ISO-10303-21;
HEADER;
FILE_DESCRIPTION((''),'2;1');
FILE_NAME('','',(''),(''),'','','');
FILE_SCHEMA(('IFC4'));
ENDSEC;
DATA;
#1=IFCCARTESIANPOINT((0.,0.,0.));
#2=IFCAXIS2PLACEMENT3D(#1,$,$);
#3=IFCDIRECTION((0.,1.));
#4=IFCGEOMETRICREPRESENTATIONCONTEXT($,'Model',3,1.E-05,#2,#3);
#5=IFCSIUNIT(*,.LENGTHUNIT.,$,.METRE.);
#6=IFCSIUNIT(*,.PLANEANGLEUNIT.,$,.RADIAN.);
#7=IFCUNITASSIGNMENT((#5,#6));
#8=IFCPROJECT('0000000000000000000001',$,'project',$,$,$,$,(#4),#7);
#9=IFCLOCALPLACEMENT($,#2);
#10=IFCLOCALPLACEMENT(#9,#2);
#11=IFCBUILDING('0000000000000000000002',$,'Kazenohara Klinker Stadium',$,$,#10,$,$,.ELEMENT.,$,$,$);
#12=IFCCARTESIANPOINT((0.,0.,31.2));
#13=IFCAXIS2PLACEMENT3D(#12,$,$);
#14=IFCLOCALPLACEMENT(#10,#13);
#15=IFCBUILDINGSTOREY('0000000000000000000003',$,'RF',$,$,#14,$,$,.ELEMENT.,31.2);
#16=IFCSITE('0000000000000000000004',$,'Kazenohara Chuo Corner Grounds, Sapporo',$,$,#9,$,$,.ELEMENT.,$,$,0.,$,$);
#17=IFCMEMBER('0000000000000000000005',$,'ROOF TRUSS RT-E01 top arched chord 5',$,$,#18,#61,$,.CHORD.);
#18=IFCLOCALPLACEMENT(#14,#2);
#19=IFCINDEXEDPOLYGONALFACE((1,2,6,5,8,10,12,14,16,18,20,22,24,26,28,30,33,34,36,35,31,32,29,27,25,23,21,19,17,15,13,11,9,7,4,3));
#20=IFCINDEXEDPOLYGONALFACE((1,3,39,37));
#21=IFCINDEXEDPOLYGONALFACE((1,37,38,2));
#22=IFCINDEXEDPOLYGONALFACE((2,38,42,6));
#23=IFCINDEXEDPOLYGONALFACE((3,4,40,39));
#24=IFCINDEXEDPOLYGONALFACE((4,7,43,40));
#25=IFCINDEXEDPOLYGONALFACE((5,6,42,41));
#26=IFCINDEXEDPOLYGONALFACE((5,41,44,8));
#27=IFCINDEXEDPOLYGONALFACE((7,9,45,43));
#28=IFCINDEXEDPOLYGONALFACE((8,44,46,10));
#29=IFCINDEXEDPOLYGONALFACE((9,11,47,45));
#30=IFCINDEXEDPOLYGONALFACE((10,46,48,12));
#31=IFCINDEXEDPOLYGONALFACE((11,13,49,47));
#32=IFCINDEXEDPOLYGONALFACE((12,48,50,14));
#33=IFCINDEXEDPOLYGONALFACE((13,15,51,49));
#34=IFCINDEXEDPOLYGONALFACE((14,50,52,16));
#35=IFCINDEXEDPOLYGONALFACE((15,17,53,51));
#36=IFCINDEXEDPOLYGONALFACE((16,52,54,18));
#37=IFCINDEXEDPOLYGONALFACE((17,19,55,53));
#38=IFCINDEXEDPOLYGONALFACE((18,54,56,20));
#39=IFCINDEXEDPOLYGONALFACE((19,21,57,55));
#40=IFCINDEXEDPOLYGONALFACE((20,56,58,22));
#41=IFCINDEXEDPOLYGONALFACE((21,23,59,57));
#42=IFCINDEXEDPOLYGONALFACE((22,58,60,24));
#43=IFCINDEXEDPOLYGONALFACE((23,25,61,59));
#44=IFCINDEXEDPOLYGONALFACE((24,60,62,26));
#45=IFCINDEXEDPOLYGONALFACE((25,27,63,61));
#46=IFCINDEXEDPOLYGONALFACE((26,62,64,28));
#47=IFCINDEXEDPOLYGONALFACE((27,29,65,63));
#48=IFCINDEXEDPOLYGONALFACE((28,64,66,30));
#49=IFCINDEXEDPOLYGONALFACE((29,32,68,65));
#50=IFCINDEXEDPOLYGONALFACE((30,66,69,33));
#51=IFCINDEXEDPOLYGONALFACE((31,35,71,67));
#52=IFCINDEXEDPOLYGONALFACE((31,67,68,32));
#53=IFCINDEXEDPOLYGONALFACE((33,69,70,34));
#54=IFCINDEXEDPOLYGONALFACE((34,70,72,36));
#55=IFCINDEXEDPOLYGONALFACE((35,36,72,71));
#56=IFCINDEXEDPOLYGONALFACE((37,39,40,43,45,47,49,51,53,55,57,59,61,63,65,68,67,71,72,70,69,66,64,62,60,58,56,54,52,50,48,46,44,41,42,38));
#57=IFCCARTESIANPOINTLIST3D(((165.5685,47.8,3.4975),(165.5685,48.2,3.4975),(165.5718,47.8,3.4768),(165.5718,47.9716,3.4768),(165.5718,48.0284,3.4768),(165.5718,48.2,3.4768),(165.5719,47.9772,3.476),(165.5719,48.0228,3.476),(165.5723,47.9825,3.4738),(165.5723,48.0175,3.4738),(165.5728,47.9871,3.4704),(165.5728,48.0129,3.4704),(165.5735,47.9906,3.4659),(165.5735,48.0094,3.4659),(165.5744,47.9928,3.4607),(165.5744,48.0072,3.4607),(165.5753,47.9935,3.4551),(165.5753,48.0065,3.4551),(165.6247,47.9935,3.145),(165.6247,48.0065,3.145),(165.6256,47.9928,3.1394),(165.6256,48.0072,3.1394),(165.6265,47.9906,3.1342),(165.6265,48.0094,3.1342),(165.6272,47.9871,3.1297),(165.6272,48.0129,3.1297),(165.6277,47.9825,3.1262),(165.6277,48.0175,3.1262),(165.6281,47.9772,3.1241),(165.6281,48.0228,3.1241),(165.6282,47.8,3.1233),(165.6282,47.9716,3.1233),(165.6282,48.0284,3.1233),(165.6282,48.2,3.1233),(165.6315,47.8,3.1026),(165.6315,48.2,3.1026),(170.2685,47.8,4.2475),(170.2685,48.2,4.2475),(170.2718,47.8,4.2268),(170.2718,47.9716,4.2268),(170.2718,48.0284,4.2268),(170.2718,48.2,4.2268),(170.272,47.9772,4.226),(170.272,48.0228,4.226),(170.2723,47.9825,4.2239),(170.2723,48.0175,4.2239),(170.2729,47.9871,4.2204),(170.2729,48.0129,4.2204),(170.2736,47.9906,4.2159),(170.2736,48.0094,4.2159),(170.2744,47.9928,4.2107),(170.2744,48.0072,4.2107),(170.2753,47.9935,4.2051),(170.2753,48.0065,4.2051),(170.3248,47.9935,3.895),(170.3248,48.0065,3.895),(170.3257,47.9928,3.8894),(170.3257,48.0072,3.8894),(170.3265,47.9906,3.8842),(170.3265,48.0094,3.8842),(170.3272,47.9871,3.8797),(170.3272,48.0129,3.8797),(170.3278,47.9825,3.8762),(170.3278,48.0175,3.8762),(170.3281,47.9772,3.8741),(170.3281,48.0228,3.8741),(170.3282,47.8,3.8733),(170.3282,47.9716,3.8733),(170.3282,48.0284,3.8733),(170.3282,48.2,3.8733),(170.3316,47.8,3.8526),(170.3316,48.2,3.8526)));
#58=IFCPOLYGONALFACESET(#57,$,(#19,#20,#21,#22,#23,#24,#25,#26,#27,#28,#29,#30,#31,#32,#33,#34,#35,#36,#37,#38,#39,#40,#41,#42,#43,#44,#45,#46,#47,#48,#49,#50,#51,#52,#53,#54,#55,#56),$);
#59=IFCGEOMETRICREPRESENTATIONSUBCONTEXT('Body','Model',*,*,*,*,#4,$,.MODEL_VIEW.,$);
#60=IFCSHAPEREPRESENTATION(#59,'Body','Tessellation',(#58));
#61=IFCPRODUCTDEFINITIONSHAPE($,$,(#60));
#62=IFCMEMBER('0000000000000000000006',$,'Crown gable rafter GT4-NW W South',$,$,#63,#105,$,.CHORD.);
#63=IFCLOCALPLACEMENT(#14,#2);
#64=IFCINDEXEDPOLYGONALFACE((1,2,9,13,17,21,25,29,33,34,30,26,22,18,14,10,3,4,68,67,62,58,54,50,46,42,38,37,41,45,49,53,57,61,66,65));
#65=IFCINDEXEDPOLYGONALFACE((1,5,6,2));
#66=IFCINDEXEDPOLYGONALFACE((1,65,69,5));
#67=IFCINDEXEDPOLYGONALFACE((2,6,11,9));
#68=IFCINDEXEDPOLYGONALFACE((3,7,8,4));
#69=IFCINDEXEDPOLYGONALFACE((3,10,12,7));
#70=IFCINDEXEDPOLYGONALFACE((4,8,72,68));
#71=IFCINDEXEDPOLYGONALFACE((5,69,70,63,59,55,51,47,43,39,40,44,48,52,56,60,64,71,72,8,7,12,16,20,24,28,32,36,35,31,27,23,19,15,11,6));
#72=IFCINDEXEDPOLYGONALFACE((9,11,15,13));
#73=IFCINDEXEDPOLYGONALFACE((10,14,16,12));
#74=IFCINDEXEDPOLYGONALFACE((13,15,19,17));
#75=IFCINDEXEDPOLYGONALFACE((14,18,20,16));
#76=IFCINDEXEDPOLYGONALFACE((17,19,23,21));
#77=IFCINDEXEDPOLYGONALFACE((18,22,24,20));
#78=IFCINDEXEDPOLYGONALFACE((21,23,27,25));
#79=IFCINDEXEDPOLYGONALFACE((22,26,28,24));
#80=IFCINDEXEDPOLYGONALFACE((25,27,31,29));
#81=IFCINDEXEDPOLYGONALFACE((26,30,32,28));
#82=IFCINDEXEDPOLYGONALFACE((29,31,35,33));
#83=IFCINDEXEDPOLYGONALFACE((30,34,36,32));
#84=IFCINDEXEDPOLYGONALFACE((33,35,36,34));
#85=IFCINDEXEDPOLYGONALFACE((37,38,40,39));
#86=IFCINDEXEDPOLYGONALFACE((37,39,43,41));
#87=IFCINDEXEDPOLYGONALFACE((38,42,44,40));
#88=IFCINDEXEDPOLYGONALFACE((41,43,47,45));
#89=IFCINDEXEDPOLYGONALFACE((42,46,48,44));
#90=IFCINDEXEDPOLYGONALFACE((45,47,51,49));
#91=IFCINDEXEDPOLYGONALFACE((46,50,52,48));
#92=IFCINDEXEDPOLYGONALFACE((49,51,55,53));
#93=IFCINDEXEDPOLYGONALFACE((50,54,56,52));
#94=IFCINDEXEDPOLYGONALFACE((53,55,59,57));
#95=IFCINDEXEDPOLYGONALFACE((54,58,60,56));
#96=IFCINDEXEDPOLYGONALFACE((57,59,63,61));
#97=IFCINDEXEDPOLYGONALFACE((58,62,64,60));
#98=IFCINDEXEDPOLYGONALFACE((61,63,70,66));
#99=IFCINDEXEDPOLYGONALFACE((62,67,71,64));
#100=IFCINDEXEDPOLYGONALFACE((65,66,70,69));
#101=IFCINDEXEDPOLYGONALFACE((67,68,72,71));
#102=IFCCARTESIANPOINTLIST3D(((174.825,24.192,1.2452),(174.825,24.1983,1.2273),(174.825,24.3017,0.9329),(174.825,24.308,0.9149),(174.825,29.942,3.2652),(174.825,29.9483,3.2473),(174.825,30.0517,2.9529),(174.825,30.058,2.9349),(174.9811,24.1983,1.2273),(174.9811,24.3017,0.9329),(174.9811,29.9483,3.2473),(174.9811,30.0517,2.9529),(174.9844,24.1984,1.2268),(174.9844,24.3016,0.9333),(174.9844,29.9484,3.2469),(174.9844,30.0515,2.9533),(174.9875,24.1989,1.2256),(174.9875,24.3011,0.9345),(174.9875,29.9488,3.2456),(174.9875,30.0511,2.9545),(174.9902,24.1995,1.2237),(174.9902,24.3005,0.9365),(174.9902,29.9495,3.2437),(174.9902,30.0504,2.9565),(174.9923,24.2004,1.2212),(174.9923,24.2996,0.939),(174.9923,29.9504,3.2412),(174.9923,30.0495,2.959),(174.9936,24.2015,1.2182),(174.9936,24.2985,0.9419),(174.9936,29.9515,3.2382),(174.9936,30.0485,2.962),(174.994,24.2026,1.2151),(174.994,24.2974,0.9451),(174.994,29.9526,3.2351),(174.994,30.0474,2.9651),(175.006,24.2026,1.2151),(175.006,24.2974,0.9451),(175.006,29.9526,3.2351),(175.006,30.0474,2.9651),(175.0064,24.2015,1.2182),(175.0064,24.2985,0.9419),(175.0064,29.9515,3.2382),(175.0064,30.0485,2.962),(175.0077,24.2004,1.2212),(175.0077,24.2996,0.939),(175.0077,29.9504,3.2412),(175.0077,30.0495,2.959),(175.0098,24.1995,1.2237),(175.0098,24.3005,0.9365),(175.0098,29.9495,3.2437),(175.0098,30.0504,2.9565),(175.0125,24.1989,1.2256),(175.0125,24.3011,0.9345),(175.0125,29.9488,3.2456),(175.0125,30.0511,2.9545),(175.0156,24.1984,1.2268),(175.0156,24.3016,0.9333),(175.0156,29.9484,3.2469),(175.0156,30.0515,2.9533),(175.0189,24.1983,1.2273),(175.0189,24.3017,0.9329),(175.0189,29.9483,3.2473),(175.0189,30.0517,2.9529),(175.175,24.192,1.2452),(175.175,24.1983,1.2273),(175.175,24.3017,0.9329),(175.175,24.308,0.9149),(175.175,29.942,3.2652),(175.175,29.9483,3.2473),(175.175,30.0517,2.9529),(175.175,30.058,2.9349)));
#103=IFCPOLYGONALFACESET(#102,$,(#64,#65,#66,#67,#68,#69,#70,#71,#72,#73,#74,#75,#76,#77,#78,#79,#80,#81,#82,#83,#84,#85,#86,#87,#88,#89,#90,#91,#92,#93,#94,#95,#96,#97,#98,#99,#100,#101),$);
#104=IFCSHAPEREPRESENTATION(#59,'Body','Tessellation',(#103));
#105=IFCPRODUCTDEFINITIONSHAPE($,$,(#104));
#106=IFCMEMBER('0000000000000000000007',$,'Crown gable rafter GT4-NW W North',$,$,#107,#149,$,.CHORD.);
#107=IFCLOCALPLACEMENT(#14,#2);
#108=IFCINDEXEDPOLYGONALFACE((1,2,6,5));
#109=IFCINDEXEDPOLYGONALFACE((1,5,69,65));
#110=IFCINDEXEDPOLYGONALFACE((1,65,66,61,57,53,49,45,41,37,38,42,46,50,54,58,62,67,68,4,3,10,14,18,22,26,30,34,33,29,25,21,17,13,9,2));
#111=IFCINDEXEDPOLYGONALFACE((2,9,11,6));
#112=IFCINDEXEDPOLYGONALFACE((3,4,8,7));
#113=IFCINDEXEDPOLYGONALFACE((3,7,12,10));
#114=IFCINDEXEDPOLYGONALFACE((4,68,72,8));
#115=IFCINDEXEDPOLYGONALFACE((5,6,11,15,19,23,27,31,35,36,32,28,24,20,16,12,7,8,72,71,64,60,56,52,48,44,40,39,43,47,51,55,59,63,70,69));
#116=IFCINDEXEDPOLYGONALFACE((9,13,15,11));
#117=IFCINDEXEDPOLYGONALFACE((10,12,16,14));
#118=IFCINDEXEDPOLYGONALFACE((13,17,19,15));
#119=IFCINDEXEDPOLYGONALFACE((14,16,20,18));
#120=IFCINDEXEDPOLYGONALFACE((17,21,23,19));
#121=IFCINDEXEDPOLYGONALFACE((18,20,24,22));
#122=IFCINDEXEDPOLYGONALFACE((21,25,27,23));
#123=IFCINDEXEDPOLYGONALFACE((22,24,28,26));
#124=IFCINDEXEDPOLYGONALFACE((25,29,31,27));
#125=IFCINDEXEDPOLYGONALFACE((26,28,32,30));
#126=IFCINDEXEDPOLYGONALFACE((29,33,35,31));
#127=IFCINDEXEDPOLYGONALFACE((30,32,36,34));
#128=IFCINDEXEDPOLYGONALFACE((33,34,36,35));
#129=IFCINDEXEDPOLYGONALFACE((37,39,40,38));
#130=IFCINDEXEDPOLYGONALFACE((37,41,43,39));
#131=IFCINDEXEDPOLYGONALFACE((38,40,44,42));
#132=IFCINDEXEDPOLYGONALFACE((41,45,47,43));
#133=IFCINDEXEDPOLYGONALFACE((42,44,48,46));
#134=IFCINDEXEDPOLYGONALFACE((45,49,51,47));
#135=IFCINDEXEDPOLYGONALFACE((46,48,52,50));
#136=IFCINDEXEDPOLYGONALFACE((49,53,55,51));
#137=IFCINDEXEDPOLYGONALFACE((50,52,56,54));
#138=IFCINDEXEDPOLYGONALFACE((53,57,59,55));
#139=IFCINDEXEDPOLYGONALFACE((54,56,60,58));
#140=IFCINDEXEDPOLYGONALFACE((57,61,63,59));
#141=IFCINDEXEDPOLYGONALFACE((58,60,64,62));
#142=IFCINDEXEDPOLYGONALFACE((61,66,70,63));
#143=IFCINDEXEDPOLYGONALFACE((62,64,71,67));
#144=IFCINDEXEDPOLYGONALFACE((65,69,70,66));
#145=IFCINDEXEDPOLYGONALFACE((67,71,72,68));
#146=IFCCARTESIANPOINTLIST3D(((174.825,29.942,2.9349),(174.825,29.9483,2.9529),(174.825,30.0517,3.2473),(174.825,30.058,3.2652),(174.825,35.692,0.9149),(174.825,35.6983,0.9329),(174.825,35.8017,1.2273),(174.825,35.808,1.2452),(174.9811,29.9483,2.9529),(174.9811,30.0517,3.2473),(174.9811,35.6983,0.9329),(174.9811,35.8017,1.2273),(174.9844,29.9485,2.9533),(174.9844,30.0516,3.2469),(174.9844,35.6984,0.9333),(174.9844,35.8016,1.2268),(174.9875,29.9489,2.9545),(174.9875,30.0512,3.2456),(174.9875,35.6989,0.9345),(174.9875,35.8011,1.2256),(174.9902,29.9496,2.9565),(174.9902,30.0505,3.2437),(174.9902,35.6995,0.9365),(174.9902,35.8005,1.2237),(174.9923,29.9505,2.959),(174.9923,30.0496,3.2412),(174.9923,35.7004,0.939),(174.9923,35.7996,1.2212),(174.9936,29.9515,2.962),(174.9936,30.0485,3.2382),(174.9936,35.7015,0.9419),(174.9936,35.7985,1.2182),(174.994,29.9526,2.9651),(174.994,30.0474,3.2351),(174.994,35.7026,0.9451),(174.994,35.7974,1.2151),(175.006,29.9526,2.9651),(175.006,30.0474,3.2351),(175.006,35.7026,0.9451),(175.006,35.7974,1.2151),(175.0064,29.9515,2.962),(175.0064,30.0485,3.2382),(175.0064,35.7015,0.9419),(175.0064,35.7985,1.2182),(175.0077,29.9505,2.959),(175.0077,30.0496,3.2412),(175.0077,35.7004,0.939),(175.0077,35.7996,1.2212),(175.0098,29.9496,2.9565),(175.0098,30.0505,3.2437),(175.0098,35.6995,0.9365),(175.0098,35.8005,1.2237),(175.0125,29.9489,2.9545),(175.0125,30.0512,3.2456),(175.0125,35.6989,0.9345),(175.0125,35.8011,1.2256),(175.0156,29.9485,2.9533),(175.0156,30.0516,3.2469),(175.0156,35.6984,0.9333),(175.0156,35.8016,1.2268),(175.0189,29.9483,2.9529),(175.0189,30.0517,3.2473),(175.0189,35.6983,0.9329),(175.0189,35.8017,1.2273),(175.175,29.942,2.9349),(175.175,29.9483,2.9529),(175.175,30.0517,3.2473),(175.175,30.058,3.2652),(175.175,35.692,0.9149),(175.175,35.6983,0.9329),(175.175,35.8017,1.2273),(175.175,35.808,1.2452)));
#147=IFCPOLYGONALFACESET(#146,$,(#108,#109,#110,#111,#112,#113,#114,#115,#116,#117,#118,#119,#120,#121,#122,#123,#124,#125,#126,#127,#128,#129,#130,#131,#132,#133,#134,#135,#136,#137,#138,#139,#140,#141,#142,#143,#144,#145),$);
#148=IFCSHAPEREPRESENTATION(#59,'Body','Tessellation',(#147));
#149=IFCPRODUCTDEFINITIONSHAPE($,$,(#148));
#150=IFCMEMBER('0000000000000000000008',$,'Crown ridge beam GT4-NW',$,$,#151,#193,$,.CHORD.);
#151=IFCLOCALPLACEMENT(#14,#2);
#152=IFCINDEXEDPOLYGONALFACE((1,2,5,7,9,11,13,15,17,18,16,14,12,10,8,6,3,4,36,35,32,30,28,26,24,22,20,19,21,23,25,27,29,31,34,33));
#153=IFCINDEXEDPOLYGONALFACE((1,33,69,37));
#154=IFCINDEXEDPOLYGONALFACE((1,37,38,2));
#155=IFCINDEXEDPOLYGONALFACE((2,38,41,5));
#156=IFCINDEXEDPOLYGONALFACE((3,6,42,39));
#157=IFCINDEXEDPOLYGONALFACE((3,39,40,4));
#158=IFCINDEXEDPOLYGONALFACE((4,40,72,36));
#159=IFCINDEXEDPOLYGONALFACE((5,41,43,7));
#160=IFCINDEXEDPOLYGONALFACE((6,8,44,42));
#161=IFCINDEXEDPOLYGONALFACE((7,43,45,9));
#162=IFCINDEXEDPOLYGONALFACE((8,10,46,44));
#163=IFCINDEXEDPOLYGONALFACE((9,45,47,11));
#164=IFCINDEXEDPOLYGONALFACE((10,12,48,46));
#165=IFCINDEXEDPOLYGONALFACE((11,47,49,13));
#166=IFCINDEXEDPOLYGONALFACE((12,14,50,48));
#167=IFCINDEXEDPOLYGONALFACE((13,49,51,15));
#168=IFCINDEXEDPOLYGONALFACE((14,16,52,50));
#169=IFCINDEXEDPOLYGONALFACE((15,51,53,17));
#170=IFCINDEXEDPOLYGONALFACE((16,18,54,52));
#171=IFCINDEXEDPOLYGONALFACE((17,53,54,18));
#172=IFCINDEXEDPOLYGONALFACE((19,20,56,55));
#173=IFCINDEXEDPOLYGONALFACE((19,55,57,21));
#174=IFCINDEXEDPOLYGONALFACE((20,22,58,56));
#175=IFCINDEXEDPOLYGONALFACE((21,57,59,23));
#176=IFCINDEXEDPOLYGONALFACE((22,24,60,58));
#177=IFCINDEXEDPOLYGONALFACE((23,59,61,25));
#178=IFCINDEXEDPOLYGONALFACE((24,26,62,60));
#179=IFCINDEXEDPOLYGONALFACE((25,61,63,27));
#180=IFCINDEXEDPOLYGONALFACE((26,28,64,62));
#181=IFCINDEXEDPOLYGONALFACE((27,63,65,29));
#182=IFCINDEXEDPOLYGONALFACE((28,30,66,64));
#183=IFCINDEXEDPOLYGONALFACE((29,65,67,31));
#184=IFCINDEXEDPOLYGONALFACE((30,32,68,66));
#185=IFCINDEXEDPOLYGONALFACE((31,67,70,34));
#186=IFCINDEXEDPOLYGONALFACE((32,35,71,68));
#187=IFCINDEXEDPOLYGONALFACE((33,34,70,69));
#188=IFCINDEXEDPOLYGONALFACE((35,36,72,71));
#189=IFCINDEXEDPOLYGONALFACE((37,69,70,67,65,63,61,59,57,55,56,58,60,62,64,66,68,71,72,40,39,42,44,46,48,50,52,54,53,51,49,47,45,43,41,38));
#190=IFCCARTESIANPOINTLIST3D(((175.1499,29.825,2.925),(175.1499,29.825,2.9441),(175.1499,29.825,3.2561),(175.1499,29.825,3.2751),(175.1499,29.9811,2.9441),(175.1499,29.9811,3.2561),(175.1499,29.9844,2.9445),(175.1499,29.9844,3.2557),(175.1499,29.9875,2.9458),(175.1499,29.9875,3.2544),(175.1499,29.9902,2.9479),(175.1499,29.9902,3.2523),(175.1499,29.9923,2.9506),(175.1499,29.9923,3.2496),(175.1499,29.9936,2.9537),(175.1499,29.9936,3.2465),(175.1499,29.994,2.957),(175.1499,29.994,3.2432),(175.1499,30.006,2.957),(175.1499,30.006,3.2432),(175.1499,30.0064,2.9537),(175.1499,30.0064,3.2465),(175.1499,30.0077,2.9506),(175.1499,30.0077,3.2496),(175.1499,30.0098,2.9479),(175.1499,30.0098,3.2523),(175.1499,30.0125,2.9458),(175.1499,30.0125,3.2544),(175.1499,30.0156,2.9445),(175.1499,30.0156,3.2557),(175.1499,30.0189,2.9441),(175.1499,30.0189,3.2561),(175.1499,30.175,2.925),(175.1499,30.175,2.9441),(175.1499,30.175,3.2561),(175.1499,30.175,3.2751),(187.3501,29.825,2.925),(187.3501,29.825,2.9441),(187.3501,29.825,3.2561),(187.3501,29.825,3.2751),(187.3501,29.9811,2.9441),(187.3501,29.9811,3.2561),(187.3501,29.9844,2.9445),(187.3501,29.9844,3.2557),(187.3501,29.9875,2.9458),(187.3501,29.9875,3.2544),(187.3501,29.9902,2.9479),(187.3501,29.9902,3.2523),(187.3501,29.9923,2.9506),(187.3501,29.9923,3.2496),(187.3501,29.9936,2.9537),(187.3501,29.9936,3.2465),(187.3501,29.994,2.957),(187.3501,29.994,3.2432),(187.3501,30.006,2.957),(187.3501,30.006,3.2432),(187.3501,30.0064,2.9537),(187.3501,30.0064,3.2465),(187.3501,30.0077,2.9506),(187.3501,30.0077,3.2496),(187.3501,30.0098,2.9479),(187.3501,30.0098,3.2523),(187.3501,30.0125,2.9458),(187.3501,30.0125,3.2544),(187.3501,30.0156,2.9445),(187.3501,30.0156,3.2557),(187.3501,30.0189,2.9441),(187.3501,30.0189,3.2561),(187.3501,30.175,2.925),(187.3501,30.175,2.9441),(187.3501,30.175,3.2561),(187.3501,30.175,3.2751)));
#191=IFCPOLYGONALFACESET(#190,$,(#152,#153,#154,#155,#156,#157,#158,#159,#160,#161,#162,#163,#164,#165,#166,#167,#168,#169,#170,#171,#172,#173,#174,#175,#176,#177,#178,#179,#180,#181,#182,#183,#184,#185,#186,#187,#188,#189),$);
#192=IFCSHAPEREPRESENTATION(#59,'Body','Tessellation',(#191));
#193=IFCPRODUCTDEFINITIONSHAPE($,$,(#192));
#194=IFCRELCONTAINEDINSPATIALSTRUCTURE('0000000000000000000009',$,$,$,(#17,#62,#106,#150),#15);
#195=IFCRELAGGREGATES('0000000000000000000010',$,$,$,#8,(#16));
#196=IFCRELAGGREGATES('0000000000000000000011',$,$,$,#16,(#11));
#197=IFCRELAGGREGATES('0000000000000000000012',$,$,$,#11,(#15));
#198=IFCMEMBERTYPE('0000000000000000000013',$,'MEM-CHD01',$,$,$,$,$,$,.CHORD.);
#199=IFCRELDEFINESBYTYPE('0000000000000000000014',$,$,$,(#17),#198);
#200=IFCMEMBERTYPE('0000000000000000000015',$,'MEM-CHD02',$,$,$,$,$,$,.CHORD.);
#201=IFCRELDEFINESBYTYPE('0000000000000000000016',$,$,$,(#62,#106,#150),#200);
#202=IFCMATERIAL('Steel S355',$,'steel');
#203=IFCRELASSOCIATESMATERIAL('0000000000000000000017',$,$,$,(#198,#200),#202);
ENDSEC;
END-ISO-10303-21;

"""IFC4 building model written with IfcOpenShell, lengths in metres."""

from ifc_helpers import new_model, si_unit, direction, frame, origin, origin_2d, place, context, subcontext, project, spatial, i_section, extrude, material, material_profile, profile_set, type_object, element, save


model = new_model("IFC4")

# Units and contexts
model_context = context("Model", 3, precision=1e-05, world=origin(), true_north=direction((0.0, 1.0)))
body_context = subcontext(model_context, "Body", "Model", "MODEL_VIEW")
ifc_project = project(units=[si_unit("LENGTHUNIT", "METRE"), si_unit("PLANEANGLEUNIT", "RADIAN")], contexts=[model_context])

# Site, building, storey
site_placement = place(None, origin())
site = spatial("IfcSite", under=ifc_project, at=site_placement, Name="Kazenohara Chuo Corner Grounds, Sapporo", CompositionType="ELEMENT", RefElevation=0.0)
building_placement = place(site_placement, origin())
building = spatial("IfcBuilding", under=site, at=building_placement, Name="Kazenohara Klinker Stadium", CompositionType="ELEMENT")
storey_placement = place(building_placement, frame((0.0, 0.0, 31.2)))
storey = spatial("IfcBuildingStorey", under=building, at=storey_placement, Name="RF", CompositionType="ELEMENT", Elevation=31.2)

# Members
ifc_material_1 = material(Name="Steel S355", Category="steel")
ifc_material_profile_1 = material_profile(ifc_material_1, i_section(OverallWidth=0.3999, OverallDepth=0.3999, WebThickness=0.0129, FlangeThickness=0.021, FilletRadius=0.022, at=origin_2d()), Name="H-400x400x13x21")
ifc_profile_set_1 = profile_set([ifc_material_profile_1], Name="Steel S355")
member_type_1 = type_object("IfcMemberType", Name="MEM-CHD01", PredefinedType="CHORD", material=ifc_profile_set_1)
member_1_placement = place(storey_placement, frame((170.3, 48.0, 4.05), z_axis=(-0.987506, 0.0, -0.157582), x_axis=(0.0, -1.0, 0.0)))
element("IfcMember", 1, at=member_1_placement, inside=storey, type_object=member_type_1, Name="ROOF TRUSS RT-E01 top arched chord 5", PredefinedType="CHORD", context=body_context, shape_type="SweptSolid", body=[
    extrude(i_section(OverallWidth=0.3999, OverallDepth=0.3999, WebThickness=0.0129, FlangeThickness=0.021, FilletRadius=0.022, at=origin_2d()), origin(), (0.0, 0.0, 1.0), 4.7595),
])
ifc_material_profile_2 = material_profile(ifc_material_1, i_section(OverallWidth=0.3501, OverallDepth=0.3501, WebThickness=0.012, FlangeThickness=0.019, FilletRadius=0.0129, at=origin_2d()), Name="H-350x350x12x19")
ifc_profile_set_2 = profile_set([ifc_material_profile_2], Name="Steel S355")
member_type_2 = type_object("IfcMemberType", Name="MEM-CHD02", PredefinedType="CHORD", material=ifc_profile_set_2)
for number, where, z_axis, x_axis, name in (
    (2, (175.0, 24.25, 1.0801), (0.0, 0.943473, 0.331449), (-1.0, 0.0, 0.0), "Crown gable rafter GT4-NW W South"),
    (3, (175.0, 35.75, 1.0801), (0.0, -0.943473, 0.331449), (1.0, 0.0, 0.0), "Crown gable rafter GT4-NW W North"),
):
    element("IfcMember", number, at=place(storey_placement, frame(where, z_axis=z_axis, x_axis=x_axis)), inside=storey, type_object=member_type_2, Name=name, PredefinedType="CHORD", context=body_context, shape_type="SweptSolid", body=[
        extrude(i_section(OverallWidth=0.3501, OverallDepth=0.3501, WebThickness=0.012, FlangeThickness=0.019, FilletRadius=0.0129, at=origin_2d()), origin(), (0.0, 0.0, 1.0), 6.0945),
    ])
member_2_placement = place(storey_placement, frame((175.1499, 30.0, 3.1001), z_axis=(1.0, 0.0, 0.0), x_axis=(0.0, 1.0, 0.0)))
element("IfcMember", 4, at=member_2_placement, inside=storey, type_object=member_type_2, Name="Crown ridge beam GT4-NW", PredefinedType="CHORD", context=body_context, shape_type="SweptSolid", body=[
    extrude(i_section(OverallWidth=0.3501, OverallDepth=0.3501, WebThickness=0.012, FlangeThickness=0.019, FilletRadius=0.0129, at=origin_2d()), origin(), (0.0, 0.0, 1.0), 12.2002),
])

save(model, "model.ifc")
